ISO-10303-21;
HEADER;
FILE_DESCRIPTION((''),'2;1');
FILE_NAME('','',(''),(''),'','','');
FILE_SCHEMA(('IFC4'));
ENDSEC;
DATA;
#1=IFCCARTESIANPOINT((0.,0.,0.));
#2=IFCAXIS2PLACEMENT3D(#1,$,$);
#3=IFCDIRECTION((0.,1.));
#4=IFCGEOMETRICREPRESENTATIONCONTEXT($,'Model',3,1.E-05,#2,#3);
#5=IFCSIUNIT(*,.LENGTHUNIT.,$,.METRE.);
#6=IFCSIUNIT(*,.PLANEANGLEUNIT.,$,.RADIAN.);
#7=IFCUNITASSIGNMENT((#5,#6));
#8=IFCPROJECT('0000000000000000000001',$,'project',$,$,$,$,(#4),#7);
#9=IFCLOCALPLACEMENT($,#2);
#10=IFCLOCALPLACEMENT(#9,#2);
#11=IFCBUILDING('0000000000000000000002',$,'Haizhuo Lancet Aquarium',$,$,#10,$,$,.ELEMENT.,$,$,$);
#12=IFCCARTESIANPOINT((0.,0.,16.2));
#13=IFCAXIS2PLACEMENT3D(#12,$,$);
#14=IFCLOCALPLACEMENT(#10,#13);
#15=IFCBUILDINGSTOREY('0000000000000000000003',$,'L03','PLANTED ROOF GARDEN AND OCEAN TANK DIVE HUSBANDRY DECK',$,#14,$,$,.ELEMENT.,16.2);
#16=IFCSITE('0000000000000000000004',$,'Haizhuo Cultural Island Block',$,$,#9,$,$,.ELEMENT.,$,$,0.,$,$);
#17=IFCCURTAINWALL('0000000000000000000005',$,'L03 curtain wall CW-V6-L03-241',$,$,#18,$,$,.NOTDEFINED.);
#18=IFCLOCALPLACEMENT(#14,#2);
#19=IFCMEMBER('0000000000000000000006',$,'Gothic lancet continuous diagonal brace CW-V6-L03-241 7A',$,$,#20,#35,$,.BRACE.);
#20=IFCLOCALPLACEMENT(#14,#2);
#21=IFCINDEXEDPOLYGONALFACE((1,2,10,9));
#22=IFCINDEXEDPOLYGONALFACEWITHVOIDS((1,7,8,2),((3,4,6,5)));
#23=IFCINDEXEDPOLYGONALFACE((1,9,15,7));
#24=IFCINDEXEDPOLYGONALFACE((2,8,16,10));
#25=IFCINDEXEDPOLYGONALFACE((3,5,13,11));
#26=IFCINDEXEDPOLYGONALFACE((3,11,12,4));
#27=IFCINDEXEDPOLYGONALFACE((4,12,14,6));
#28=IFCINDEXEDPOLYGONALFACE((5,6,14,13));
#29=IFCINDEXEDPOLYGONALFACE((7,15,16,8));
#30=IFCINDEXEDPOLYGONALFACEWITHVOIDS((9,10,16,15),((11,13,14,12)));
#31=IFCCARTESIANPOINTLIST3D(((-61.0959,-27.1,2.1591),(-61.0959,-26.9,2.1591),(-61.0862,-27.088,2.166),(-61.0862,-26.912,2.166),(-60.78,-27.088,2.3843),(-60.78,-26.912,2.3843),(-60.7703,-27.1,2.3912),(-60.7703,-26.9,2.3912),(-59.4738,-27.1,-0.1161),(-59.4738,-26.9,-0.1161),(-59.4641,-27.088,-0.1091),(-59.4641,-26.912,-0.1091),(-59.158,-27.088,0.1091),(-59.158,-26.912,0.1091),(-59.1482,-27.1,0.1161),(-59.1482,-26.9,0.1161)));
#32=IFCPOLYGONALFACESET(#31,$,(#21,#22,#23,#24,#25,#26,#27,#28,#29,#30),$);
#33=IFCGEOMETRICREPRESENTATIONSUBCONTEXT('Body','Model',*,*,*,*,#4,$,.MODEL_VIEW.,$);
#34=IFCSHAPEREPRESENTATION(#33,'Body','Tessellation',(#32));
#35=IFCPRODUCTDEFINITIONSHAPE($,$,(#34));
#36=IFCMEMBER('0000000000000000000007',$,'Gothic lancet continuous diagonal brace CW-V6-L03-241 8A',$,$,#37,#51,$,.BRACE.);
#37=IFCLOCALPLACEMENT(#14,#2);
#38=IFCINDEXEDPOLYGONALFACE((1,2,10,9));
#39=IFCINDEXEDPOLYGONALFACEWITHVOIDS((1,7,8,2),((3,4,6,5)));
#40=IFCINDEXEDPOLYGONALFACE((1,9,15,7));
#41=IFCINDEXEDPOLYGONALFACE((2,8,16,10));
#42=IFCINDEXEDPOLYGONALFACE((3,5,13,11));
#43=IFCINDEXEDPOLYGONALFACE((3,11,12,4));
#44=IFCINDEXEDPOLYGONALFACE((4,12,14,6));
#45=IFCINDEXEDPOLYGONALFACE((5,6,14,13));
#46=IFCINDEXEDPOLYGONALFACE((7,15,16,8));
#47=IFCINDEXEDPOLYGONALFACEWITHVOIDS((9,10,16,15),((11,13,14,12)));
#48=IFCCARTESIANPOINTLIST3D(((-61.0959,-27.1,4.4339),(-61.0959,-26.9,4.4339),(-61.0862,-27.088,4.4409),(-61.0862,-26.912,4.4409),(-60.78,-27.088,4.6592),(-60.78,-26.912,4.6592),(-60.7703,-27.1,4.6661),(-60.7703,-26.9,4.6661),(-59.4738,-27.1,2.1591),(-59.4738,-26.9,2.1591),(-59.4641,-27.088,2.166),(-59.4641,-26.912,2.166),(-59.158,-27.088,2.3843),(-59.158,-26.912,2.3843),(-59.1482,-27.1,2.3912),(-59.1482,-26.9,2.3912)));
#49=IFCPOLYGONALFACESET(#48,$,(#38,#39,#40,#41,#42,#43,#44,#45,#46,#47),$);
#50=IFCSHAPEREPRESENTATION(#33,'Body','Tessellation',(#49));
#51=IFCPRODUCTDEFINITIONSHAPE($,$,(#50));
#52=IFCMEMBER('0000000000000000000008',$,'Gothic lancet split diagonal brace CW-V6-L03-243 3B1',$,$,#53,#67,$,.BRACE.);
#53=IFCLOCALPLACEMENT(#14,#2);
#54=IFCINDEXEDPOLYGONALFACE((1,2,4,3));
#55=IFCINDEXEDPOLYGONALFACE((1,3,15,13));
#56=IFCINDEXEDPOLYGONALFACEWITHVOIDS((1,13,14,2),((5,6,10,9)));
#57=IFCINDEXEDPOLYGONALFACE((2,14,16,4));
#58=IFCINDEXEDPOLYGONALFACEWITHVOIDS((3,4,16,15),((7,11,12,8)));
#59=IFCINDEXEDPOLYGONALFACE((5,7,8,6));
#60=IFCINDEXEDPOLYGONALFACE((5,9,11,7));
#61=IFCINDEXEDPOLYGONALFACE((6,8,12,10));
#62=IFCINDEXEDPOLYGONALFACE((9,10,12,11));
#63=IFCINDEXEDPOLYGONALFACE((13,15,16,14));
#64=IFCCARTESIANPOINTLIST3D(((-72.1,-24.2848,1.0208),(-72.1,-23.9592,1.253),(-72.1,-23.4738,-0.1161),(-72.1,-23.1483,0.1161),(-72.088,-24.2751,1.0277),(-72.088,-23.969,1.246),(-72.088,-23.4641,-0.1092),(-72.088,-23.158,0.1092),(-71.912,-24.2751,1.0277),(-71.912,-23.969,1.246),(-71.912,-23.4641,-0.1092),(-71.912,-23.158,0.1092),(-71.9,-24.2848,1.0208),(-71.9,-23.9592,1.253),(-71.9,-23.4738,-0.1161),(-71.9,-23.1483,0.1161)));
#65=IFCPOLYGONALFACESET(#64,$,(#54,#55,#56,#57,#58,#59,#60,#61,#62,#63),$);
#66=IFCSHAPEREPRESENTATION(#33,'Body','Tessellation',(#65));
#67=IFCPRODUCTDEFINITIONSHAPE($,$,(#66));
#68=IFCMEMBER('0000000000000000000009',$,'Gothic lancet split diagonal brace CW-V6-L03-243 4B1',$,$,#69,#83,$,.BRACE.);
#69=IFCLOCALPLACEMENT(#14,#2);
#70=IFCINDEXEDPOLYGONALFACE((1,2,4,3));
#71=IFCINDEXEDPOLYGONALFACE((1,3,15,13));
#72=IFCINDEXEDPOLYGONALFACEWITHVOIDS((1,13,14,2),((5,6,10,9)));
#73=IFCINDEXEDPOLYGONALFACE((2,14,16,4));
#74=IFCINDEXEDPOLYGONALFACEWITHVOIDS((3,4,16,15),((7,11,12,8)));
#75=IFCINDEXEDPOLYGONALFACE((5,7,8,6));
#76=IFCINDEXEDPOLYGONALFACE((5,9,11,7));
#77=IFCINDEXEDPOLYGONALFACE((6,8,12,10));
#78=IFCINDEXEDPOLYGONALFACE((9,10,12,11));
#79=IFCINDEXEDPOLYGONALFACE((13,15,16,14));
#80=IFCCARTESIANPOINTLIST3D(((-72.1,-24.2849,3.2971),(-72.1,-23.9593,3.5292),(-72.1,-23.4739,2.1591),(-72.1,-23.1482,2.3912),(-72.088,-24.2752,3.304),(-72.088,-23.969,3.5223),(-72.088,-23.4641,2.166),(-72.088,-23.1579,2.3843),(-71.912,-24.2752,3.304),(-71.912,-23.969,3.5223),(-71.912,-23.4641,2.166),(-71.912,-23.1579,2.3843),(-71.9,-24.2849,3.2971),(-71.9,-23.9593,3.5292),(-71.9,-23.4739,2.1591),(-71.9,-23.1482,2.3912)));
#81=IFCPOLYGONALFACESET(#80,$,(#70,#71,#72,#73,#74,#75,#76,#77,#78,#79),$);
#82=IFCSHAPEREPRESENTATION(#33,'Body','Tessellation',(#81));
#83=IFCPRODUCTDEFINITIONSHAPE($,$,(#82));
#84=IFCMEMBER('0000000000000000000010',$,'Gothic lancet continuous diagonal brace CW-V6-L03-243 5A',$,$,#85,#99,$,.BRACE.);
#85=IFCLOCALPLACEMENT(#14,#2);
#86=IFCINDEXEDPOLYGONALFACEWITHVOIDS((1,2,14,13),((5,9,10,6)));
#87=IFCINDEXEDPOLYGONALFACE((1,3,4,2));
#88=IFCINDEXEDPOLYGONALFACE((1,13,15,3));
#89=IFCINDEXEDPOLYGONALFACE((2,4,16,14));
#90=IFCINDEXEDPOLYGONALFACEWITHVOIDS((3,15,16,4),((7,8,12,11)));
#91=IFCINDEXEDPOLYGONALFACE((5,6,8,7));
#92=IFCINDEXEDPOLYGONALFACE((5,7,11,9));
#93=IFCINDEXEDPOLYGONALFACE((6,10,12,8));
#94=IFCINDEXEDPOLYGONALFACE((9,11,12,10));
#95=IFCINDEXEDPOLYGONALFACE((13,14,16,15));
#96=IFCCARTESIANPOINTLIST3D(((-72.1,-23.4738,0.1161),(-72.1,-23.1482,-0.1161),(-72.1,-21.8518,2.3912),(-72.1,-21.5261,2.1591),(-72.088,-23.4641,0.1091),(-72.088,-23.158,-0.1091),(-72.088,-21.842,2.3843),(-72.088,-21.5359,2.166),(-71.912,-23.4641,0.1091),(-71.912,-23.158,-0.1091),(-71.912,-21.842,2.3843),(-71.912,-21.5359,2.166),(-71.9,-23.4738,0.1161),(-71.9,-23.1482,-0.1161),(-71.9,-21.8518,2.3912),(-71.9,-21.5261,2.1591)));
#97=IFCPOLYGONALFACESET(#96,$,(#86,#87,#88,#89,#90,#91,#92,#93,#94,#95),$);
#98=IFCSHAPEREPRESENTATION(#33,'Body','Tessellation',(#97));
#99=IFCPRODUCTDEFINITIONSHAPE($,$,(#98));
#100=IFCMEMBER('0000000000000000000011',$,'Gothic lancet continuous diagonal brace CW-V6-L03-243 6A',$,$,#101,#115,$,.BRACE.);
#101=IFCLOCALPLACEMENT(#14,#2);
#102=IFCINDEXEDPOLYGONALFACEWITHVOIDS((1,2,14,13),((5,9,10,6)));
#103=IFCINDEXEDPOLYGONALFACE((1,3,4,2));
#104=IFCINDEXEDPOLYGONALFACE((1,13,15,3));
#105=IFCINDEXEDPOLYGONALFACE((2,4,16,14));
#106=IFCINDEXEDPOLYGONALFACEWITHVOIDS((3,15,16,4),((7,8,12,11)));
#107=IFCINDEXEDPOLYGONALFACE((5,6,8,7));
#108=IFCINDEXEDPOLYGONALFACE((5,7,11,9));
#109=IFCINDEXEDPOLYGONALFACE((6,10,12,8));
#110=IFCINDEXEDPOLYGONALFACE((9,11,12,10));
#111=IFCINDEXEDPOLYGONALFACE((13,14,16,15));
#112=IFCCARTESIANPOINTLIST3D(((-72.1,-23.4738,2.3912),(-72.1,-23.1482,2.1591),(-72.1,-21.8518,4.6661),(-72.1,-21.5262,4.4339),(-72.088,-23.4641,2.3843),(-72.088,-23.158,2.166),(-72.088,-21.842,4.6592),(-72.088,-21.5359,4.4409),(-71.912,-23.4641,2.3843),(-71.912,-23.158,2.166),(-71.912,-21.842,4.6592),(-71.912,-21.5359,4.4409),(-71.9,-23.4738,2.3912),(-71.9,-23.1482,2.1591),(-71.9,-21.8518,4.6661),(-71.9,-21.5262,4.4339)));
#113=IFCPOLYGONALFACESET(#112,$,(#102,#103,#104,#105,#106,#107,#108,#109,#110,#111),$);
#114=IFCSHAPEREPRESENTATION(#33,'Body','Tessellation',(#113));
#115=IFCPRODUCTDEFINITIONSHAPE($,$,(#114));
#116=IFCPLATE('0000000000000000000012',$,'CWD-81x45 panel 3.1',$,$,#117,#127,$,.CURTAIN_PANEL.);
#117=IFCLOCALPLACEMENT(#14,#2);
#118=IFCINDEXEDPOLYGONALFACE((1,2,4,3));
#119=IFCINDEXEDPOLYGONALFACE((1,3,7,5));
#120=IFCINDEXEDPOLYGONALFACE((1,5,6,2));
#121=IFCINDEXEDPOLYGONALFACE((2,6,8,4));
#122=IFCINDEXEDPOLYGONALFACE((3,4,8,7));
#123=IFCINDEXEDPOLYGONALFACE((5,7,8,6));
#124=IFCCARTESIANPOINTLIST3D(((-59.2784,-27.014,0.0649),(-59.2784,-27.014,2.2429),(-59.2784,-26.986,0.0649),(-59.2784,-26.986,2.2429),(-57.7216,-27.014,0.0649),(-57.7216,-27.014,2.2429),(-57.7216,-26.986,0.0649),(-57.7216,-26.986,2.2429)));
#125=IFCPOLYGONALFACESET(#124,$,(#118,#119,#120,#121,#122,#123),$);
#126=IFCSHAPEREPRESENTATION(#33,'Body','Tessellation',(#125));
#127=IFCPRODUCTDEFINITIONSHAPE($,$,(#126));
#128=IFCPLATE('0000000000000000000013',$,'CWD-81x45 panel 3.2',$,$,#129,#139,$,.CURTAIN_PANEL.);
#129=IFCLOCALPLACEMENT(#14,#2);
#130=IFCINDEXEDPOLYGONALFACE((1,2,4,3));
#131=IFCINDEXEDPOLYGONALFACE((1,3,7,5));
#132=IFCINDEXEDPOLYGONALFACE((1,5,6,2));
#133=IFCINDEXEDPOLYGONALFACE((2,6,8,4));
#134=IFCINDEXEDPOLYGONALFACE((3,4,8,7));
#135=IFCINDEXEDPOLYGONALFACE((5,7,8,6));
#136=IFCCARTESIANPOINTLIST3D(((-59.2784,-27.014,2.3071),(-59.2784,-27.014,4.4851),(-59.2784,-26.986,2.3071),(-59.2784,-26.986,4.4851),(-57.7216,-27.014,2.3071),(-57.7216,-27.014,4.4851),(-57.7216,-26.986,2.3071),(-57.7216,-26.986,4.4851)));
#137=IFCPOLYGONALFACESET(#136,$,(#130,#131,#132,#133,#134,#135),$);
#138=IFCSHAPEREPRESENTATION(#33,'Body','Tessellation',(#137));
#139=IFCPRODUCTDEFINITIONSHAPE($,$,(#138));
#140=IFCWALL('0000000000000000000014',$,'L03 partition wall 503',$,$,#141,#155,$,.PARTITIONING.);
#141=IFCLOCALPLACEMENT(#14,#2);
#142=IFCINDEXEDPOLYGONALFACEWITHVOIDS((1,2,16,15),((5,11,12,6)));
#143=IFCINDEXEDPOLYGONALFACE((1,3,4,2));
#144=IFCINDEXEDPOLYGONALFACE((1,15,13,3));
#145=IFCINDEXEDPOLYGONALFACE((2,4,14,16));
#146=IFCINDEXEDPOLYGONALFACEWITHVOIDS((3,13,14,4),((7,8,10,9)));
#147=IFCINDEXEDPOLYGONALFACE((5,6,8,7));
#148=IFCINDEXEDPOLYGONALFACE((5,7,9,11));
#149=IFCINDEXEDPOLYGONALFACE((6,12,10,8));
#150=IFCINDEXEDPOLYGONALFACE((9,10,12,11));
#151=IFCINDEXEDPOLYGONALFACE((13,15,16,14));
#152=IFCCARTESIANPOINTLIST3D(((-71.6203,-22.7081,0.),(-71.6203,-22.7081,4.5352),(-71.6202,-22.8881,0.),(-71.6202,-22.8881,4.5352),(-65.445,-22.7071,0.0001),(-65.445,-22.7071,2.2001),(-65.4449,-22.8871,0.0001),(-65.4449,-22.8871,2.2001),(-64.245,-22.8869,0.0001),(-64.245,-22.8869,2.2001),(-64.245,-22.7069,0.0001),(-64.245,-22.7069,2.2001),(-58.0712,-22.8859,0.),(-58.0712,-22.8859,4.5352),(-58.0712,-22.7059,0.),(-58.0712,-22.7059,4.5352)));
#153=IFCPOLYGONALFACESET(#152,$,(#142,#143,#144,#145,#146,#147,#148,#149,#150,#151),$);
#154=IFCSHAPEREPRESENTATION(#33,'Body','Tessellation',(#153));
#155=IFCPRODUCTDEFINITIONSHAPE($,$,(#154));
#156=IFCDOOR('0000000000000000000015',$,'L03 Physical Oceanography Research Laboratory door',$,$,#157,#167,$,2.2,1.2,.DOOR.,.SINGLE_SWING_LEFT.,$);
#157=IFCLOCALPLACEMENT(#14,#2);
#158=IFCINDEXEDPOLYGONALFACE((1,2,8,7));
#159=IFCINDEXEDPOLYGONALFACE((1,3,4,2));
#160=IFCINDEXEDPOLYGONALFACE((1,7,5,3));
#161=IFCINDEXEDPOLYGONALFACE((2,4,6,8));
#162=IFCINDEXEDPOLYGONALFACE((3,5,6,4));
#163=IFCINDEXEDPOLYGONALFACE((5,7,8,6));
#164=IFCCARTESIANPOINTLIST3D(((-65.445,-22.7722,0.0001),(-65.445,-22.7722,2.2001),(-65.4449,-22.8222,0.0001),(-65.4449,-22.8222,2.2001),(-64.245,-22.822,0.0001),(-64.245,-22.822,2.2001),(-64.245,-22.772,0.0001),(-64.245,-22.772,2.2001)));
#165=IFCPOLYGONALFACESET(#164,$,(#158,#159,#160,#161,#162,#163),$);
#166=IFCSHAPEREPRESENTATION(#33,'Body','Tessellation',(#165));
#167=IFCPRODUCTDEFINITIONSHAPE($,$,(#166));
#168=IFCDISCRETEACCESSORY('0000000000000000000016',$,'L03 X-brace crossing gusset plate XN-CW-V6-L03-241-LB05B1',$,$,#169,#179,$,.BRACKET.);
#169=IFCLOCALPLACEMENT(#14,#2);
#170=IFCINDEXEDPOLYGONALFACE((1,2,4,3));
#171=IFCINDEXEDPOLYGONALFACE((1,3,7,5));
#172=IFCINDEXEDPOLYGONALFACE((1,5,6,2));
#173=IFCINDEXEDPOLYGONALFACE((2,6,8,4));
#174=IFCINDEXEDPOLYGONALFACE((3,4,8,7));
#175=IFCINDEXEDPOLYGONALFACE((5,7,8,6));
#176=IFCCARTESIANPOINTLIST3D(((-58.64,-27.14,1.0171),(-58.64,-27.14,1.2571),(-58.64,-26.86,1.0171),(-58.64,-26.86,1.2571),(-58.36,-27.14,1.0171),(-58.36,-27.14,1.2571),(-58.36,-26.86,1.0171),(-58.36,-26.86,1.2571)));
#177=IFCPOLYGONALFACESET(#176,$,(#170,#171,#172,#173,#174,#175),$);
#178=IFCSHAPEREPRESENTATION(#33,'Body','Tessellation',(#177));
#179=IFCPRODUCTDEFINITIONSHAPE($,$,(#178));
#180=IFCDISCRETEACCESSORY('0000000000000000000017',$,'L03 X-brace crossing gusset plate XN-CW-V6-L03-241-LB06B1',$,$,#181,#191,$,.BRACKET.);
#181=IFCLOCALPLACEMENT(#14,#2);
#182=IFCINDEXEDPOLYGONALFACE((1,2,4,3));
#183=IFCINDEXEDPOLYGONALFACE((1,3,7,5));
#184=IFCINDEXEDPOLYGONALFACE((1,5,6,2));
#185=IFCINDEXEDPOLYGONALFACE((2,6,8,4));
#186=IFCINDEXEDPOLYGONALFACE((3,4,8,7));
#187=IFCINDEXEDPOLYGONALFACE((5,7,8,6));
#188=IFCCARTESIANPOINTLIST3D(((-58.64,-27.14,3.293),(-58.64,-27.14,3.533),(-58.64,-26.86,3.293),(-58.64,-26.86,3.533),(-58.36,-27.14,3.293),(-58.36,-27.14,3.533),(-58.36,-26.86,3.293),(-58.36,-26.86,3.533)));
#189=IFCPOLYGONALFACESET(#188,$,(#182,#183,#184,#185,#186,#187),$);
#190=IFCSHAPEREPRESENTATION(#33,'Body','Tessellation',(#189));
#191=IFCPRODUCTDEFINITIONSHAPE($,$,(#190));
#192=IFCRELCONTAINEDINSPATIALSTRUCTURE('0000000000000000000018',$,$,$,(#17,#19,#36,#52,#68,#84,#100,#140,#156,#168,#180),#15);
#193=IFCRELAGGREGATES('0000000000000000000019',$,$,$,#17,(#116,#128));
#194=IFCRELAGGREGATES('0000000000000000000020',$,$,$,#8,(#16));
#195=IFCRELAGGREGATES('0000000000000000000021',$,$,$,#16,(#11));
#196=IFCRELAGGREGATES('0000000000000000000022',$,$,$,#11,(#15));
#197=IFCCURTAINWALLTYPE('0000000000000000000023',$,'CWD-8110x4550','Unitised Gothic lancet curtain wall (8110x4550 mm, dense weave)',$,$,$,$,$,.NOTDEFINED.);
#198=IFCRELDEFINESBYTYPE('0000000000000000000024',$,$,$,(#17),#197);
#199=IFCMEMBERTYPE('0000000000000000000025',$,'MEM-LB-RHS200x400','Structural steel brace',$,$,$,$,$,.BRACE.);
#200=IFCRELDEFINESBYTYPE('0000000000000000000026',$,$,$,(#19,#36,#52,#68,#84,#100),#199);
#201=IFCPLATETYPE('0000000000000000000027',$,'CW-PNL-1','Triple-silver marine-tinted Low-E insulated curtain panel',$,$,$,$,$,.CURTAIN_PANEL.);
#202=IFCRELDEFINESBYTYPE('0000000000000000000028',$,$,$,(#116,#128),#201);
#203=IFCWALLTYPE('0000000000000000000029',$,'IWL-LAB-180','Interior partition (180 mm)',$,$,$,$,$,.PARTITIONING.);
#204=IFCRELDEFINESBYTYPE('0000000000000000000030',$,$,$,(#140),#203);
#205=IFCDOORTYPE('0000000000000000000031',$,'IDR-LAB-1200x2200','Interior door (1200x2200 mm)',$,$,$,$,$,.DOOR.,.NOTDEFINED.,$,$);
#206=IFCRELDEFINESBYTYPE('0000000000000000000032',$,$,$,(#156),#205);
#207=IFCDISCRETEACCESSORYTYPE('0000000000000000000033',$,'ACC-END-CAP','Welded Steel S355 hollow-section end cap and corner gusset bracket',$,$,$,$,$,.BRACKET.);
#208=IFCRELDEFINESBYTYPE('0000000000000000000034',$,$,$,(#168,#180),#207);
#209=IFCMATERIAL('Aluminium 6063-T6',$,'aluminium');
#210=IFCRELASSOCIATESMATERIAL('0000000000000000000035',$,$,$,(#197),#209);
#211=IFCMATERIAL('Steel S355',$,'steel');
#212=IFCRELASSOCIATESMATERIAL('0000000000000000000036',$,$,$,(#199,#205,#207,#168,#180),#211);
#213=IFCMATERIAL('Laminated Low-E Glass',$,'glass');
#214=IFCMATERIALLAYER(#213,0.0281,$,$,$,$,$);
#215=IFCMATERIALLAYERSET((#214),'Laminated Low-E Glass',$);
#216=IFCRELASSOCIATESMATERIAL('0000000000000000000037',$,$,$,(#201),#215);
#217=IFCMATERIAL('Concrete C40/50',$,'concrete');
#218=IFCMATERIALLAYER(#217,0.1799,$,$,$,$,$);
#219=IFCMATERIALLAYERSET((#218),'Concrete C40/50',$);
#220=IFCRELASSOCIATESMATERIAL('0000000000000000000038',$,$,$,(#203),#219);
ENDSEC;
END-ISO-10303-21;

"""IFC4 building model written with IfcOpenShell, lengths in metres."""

from ifc_helpers import new_model, si_unit, direction, frame, frame_2d, origin, origin_2d, place, context, subcontext, project, spatial, rectangle, hollow_rectangle, extrude, material, layer, layer_set, material_profile, profile_set, type_object, element, fill, aggregate, save


model = new_model("IFC4")

# Units and contexts
model_context = context("Model", 3, precision=1e-05, world=origin(), true_north=direction((0.0, 1.0)))
body_context = subcontext(model_context, "Body", "Model", "MODEL_VIEW")
ifc_project = project(units=[si_unit("LENGTHUNIT", "METRE"), si_unit("PLANEANGLEUNIT", "RADIAN")], contexts=[model_context])

# Site, building, storey
site_placement = place(None, origin())
site = spatial("IfcSite", under=ifc_project, at=site_placement, Name="Haizhuo Cultural Island Block", CompositionType="ELEMENT", RefElevation=0.0)
building_placement = place(site_placement, origin())
building = spatial("IfcBuilding", under=site, at=building_placement, Name="Haizhuo Lancet Aquarium", CompositionType="ELEMENT")
storey_placement = place(building_placement, frame((0.0, 0.0, 16.2)))
storey = spatial("IfcBuildingStorey", under=building, at=storey_placement, Name="L03", Description="PLANTED ROOF GARDEN AND OCEAN TANK DIVE HUSBANDRY DECK", CompositionType="ELEMENT", Elevation=16.2)

# Curtain wall
ifc_material_1 = material(Name="Aluminium 6063-T6", Category="aluminium")
curtain_wall_type = type_object("IfcCurtainWallType", Name="CWD-8110x4550", Description="Unitised Gothic lancet curtain wall (8110x4550 mm, dense weave)", PredefinedType="NOTDEFINED", material=ifc_material_1)
curtain_wall_1_placement = place(storey_placement, origin())
curtain_wall_1 = element("IfcCurtainWall", 1, at=curtain_wall_1_placement, inside=storey, type_object=curtain_wall_type, Name="L03 curtain wall CW-V6-L03-241", PredefinedType="NOTDEFINED")

# Shared definitions
ifc_material_2 = material(Name="Steel S355", Category="steel")

# Members
ifc_material_profile_1 = material_profile(ifc_material_2, hollow_rectangle(XDim=0.2, YDim=0.3999, WallThickness=0.012, at=origin_2d()), Name="RHS 200x400x12")
ifc_profile_set_1 = profile_set([ifc_material_profile_1], Name="Steel S355")
member_type_1 = type_object("IfcMemberType", Name="MEM-LB-RHS200x400", Description="Structural steel brace", PredefinedType="BRACE", material=ifc_profile_set_1)
member_1_placement = place(storey_placement, frame((-59.311, -27.0, 0.0), z_axis=(-0.580519, 0.0, 0.814247), x_axis=(0.0, -1.0, 0.0)))
element("IfcMember", 2, at=member_1_placement, inside=storey, type_object=member_type_1, Name="Gothic lancet continuous diagonal brace CW-V6-L03-241 7A", PredefinedType="BRACE", context=body_context, shape_type="SweptSolid", body=[
    extrude(hollow_rectangle(XDim=0.2, YDim=0.3999, WallThickness=0.012, at=origin_2d()), origin(), (0.0, 0.0, 1.0), 2.7942),
])
member_2_placement = place(storey_placement, frame((-59.311, -27.0, 2.2751), z_axis=(-0.58056, 0.0, 0.814217), x_axis=(0.0, -1.0, 0.0)))
element("IfcMember", 3, at=member_2_placement, inside=storey, type_object=member_type_1, Name="Gothic lancet continuous diagonal brace CW-V6-L03-241 8A", PredefinedType="BRACE", context=body_context, shape_type="SweptSolid", body=[
    extrude(hollow_rectangle(XDim=0.2, YDim=0.3999, WallThickness=0.012, at=origin_2d()), origin(), (0.0, 0.0, 1.0), 2.7939),
])
member_3_placement = place(storey_placement, frame((-72.0, -23.311, 0.0), z_axis=(0.0, -0.580725, 0.814099), x_axis=(1.0, 0.0, 0.0)))
element("IfcMember", 4, at=member_3_placement, inside=storey, type_object=member_type_1, Name="Gothic lancet split diagonal brace CW-V6-L03-243 3B1", PredefinedType="BRACE", context=body_context, shape_type="SweptSolid", body=[
    extrude(hollow_rectangle(XDim=0.2, YDim=0.3999, WallThickness=0.012, at=origin_2d()), origin(), (0.0, 0.0, 1.0), 1.3965),
])
member_4_placement = place(storey_placement, frame((-72.0, -23.311, 2.2751), z_axis=(0.0, -0.580395, 0.814335), x_axis=(1.0, 0.0, 0.0)))
element("IfcMember", 5, at=member_4_placement, inside=storey, type_object=member_type_1, Name="Gothic lancet split diagonal brace CW-V6-L03-243 4B1", PredefinedType="BRACE", context=body_context, shape_type="SweptSolid", body=[
    extrude(hollow_rectangle(XDim=0.2, YDim=0.3999, WallThickness=0.012, at=origin_2d()), origin(), (0.0, 0.0, 1.0), 1.3975),
])
member_5_placement = place(storey_placement, frame((-72.0, -23.311, 0.0), z_axis=(0.0, 0.580519, 0.814247), x_axis=(-1.0, 0.0, 0.0)))
element("IfcMember", 6, at=member_5_placement, inside=storey, type_object=member_type_1, Name="Gothic lancet continuous diagonal brace CW-V6-L03-243 5A", PredefinedType="BRACE", context=body_context, shape_type="SweptSolid", body=[
    extrude(hollow_rectangle(XDim=0.2, YDim=0.3999, WallThickness=0.012, at=origin_2d()), origin(), (0.0, 0.0, 1.0), 2.7942),
])
member_6_placement = place(storey_placement, frame((-72.0, -23.311, 2.2751), z_axis=(0.0, 0.58056, 0.814217), x_axis=(-1.0, 0.0, 0.0)))
element("IfcMember", 7, at=member_6_placement, inside=storey, type_object=member_type_1, Name="Gothic lancet continuous diagonal brace CW-V6-L03-243 6A", PredefinedType="BRACE", context=body_context, shape_type="SweptSolid", body=[
    extrude(hollow_rectangle(XDim=0.2, YDim=0.3999, WallThickness=0.012, at=origin_2d()), origin(), (0.0, 0.0, 1.0), 2.7939),
])

# Plates
ifc_material_3 = material(Name="Laminated Low-E Glass", Category="glass")
ifc_layer_1 = layer(ifc_material_3, 0.0281)
ifc_layer_set_1 = layer_set([ifc_layer_1], Name="Laminated Low-E Glass")
plate_type = type_object("IfcPlateType", Name="CW-PNL-1", Description="Triple-silver marine-tinted Low-E insulated curtain panel", PredefinedType="CURTAIN_PANEL", material=ifc_layer_set_1)
plate_1_placement = place(storey_placement, frame((-58.5, -27.0, 0.0649), z_axis=(0.0, 0.0, 1.0), x_axis=(-1.0, 0.0, 0.0)))
plate_1 = element("IfcPlate", 8, at=plate_1_placement, type_object=plate_type, Name="CWD-81x45 panel 3.1", PredefinedType="CURTAIN_PANEL", context=body_context, shape_type="SweptSolid", body=[
    extrude(rectangle(XDim=1.5569, YDim=0.0281, at=origin_2d()), origin(), (0.0, 0.0, 1.0), 2.178),
])
plate_2_placement = place(storey_placement, frame((-58.5, -27.0, 2.3071), z_axis=(0.0, 0.0, 1.0), x_axis=(-1.0, 0.0, 0.0)))
plate_2 = element("IfcPlate", 9, at=plate_2_placement, type_object=plate_type, Name="CWD-81x45 panel 3.2", PredefinedType="CURTAIN_PANEL", context=body_context, shape_type="SweptSolid", body=[
    extrude(rectangle(XDim=1.5569, YDim=0.0281, at=origin_2d()), origin(), (0.0, 0.0, 1.0), 2.178),
])
aggregate(curtain_wall_1, [plate_1, plate_2])

# Wall, opening, door
ifc_material_4 = material(Name="Concrete C40/50", Category="concrete")
ifc_layer_2 = layer(ifc_material_4, 0.1799)
ifc_layer_set_2 = layer_set([ifc_layer_2], Name="Concrete C40/50")
wall_type = type_object("IfcWallType", Name="IWL-LAB-180", Description="Interior partition (180 mm)", PredefinedType="PARTITIONING", material=ifc_layer_set_2)
wall_placement = place(storey_placement, frame((-71.6201, -22.7981, 0.0), z_axis=(0.0, 0.0, 1.0), x_axis=(1.0, 0.000162, 0.0)))
wall = element("IfcWall", 10, at=wall_placement, inside=storey, type_object=wall_type, Name="L03 partition wall 503", PredefinedType="PARTITIONING", context=body_context, shape_type="SweptSolid", body=[
    extrude(rectangle(XDim=13.5491, YDim=0.1799, at=frame_2d((6.7744, 0.0))), origin(), (0.0, 0.0, 1.0), 4.5352),
])
opening_placement = place(wall_placement, frame((6.175, 0.0, 0.0)))
opening = element("IfcOpeningElement", 11, at=opening_placement, cuts=wall, PredefinedType="OPENING", context=body_context, shape_type="SweptSolid", body=[
    extrude(rectangle(XDim=1.2, YDim=2.2, at=frame_2d((0.6001, 1.1001))), frame((0.0, 0.0999, 0.0), z_axis=(0.0, -1.0, 0.0), x_axis=(1.0, 0.0, 0.0)), (0.0, 0.0, 1.0), 0.1999),
])
door_type = type_object("IfcDoorType", Name="IDR-LAB-1200x2200", Description="Interior door (1200x2200 mm)", OperationType="NOTDEFINED", PredefinedType="DOOR", material=ifc_material_2)
door_placement = place(opening_placement, origin())
door = element("IfcDoor", 12, at=door_placement, inside=storey, type_object=door_type, Name="L03 Physical Oceanography Research Laboratory door", OperationType="SINGLE_SWING_LEFT", OverallHeight=2.2, OverallWidth=1.2, PredefinedType="DOOR", context=body_context, shape_type="SweptSolid", body=[
    extrude(rectangle(XDim=1.2, YDim=2.2, at=frame_2d((0.6001, 1.1001))), frame((0.0, 0.0249, 0.0), z_axis=(0.0, -1.0, 0.0), x_axis=(1.0, 0.0, 0.0)), (0.0, 0.0, 1.0), 0.05),
])
fill(opening, door)

# Discrete accessories
discrete_accessory_type = type_object("IfcDiscreteAccessoryType", Name="ACC-END-CAP", Description="Welded Steel S355 hollow-section end cap and corner gusset bracket", PredefinedType="BRACKET", material=ifc_material_2)
for number, where, z_axis, x_axis, name in (
    (13, (-58.5, -27.0, 1.0171), (0.0, 0.0, 1.0), (1.0, 0.0, 0.0), "L03 X-brace crossing gusset plate XN-CW-V6-L03-241-LB05B1"),
    (14, (-58.5, -27.0, 3.293), (0.0, 0.0, 1.0), (1.0, 0.0, 0.0), "L03 X-brace crossing gusset plate XN-CW-V6-L03-241-LB06B1"),
):
    element("IfcDiscreteAccessory", number, at=place(storey_placement, frame(where, z_axis=z_axis, x_axis=x_axis)), inside=storey, type_object=discrete_accessory_type, material=ifc_material_2, Name=name, PredefinedType="BRACKET", context=body_context, shape_type="SweptSolid", body=[
        extrude(rectangle(XDim=0.28, YDim=0.28, at=origin_2d()), origin(), (0.0, 0.0, 1.0), 0.24),
    ])

save(model, "model.ifc")
